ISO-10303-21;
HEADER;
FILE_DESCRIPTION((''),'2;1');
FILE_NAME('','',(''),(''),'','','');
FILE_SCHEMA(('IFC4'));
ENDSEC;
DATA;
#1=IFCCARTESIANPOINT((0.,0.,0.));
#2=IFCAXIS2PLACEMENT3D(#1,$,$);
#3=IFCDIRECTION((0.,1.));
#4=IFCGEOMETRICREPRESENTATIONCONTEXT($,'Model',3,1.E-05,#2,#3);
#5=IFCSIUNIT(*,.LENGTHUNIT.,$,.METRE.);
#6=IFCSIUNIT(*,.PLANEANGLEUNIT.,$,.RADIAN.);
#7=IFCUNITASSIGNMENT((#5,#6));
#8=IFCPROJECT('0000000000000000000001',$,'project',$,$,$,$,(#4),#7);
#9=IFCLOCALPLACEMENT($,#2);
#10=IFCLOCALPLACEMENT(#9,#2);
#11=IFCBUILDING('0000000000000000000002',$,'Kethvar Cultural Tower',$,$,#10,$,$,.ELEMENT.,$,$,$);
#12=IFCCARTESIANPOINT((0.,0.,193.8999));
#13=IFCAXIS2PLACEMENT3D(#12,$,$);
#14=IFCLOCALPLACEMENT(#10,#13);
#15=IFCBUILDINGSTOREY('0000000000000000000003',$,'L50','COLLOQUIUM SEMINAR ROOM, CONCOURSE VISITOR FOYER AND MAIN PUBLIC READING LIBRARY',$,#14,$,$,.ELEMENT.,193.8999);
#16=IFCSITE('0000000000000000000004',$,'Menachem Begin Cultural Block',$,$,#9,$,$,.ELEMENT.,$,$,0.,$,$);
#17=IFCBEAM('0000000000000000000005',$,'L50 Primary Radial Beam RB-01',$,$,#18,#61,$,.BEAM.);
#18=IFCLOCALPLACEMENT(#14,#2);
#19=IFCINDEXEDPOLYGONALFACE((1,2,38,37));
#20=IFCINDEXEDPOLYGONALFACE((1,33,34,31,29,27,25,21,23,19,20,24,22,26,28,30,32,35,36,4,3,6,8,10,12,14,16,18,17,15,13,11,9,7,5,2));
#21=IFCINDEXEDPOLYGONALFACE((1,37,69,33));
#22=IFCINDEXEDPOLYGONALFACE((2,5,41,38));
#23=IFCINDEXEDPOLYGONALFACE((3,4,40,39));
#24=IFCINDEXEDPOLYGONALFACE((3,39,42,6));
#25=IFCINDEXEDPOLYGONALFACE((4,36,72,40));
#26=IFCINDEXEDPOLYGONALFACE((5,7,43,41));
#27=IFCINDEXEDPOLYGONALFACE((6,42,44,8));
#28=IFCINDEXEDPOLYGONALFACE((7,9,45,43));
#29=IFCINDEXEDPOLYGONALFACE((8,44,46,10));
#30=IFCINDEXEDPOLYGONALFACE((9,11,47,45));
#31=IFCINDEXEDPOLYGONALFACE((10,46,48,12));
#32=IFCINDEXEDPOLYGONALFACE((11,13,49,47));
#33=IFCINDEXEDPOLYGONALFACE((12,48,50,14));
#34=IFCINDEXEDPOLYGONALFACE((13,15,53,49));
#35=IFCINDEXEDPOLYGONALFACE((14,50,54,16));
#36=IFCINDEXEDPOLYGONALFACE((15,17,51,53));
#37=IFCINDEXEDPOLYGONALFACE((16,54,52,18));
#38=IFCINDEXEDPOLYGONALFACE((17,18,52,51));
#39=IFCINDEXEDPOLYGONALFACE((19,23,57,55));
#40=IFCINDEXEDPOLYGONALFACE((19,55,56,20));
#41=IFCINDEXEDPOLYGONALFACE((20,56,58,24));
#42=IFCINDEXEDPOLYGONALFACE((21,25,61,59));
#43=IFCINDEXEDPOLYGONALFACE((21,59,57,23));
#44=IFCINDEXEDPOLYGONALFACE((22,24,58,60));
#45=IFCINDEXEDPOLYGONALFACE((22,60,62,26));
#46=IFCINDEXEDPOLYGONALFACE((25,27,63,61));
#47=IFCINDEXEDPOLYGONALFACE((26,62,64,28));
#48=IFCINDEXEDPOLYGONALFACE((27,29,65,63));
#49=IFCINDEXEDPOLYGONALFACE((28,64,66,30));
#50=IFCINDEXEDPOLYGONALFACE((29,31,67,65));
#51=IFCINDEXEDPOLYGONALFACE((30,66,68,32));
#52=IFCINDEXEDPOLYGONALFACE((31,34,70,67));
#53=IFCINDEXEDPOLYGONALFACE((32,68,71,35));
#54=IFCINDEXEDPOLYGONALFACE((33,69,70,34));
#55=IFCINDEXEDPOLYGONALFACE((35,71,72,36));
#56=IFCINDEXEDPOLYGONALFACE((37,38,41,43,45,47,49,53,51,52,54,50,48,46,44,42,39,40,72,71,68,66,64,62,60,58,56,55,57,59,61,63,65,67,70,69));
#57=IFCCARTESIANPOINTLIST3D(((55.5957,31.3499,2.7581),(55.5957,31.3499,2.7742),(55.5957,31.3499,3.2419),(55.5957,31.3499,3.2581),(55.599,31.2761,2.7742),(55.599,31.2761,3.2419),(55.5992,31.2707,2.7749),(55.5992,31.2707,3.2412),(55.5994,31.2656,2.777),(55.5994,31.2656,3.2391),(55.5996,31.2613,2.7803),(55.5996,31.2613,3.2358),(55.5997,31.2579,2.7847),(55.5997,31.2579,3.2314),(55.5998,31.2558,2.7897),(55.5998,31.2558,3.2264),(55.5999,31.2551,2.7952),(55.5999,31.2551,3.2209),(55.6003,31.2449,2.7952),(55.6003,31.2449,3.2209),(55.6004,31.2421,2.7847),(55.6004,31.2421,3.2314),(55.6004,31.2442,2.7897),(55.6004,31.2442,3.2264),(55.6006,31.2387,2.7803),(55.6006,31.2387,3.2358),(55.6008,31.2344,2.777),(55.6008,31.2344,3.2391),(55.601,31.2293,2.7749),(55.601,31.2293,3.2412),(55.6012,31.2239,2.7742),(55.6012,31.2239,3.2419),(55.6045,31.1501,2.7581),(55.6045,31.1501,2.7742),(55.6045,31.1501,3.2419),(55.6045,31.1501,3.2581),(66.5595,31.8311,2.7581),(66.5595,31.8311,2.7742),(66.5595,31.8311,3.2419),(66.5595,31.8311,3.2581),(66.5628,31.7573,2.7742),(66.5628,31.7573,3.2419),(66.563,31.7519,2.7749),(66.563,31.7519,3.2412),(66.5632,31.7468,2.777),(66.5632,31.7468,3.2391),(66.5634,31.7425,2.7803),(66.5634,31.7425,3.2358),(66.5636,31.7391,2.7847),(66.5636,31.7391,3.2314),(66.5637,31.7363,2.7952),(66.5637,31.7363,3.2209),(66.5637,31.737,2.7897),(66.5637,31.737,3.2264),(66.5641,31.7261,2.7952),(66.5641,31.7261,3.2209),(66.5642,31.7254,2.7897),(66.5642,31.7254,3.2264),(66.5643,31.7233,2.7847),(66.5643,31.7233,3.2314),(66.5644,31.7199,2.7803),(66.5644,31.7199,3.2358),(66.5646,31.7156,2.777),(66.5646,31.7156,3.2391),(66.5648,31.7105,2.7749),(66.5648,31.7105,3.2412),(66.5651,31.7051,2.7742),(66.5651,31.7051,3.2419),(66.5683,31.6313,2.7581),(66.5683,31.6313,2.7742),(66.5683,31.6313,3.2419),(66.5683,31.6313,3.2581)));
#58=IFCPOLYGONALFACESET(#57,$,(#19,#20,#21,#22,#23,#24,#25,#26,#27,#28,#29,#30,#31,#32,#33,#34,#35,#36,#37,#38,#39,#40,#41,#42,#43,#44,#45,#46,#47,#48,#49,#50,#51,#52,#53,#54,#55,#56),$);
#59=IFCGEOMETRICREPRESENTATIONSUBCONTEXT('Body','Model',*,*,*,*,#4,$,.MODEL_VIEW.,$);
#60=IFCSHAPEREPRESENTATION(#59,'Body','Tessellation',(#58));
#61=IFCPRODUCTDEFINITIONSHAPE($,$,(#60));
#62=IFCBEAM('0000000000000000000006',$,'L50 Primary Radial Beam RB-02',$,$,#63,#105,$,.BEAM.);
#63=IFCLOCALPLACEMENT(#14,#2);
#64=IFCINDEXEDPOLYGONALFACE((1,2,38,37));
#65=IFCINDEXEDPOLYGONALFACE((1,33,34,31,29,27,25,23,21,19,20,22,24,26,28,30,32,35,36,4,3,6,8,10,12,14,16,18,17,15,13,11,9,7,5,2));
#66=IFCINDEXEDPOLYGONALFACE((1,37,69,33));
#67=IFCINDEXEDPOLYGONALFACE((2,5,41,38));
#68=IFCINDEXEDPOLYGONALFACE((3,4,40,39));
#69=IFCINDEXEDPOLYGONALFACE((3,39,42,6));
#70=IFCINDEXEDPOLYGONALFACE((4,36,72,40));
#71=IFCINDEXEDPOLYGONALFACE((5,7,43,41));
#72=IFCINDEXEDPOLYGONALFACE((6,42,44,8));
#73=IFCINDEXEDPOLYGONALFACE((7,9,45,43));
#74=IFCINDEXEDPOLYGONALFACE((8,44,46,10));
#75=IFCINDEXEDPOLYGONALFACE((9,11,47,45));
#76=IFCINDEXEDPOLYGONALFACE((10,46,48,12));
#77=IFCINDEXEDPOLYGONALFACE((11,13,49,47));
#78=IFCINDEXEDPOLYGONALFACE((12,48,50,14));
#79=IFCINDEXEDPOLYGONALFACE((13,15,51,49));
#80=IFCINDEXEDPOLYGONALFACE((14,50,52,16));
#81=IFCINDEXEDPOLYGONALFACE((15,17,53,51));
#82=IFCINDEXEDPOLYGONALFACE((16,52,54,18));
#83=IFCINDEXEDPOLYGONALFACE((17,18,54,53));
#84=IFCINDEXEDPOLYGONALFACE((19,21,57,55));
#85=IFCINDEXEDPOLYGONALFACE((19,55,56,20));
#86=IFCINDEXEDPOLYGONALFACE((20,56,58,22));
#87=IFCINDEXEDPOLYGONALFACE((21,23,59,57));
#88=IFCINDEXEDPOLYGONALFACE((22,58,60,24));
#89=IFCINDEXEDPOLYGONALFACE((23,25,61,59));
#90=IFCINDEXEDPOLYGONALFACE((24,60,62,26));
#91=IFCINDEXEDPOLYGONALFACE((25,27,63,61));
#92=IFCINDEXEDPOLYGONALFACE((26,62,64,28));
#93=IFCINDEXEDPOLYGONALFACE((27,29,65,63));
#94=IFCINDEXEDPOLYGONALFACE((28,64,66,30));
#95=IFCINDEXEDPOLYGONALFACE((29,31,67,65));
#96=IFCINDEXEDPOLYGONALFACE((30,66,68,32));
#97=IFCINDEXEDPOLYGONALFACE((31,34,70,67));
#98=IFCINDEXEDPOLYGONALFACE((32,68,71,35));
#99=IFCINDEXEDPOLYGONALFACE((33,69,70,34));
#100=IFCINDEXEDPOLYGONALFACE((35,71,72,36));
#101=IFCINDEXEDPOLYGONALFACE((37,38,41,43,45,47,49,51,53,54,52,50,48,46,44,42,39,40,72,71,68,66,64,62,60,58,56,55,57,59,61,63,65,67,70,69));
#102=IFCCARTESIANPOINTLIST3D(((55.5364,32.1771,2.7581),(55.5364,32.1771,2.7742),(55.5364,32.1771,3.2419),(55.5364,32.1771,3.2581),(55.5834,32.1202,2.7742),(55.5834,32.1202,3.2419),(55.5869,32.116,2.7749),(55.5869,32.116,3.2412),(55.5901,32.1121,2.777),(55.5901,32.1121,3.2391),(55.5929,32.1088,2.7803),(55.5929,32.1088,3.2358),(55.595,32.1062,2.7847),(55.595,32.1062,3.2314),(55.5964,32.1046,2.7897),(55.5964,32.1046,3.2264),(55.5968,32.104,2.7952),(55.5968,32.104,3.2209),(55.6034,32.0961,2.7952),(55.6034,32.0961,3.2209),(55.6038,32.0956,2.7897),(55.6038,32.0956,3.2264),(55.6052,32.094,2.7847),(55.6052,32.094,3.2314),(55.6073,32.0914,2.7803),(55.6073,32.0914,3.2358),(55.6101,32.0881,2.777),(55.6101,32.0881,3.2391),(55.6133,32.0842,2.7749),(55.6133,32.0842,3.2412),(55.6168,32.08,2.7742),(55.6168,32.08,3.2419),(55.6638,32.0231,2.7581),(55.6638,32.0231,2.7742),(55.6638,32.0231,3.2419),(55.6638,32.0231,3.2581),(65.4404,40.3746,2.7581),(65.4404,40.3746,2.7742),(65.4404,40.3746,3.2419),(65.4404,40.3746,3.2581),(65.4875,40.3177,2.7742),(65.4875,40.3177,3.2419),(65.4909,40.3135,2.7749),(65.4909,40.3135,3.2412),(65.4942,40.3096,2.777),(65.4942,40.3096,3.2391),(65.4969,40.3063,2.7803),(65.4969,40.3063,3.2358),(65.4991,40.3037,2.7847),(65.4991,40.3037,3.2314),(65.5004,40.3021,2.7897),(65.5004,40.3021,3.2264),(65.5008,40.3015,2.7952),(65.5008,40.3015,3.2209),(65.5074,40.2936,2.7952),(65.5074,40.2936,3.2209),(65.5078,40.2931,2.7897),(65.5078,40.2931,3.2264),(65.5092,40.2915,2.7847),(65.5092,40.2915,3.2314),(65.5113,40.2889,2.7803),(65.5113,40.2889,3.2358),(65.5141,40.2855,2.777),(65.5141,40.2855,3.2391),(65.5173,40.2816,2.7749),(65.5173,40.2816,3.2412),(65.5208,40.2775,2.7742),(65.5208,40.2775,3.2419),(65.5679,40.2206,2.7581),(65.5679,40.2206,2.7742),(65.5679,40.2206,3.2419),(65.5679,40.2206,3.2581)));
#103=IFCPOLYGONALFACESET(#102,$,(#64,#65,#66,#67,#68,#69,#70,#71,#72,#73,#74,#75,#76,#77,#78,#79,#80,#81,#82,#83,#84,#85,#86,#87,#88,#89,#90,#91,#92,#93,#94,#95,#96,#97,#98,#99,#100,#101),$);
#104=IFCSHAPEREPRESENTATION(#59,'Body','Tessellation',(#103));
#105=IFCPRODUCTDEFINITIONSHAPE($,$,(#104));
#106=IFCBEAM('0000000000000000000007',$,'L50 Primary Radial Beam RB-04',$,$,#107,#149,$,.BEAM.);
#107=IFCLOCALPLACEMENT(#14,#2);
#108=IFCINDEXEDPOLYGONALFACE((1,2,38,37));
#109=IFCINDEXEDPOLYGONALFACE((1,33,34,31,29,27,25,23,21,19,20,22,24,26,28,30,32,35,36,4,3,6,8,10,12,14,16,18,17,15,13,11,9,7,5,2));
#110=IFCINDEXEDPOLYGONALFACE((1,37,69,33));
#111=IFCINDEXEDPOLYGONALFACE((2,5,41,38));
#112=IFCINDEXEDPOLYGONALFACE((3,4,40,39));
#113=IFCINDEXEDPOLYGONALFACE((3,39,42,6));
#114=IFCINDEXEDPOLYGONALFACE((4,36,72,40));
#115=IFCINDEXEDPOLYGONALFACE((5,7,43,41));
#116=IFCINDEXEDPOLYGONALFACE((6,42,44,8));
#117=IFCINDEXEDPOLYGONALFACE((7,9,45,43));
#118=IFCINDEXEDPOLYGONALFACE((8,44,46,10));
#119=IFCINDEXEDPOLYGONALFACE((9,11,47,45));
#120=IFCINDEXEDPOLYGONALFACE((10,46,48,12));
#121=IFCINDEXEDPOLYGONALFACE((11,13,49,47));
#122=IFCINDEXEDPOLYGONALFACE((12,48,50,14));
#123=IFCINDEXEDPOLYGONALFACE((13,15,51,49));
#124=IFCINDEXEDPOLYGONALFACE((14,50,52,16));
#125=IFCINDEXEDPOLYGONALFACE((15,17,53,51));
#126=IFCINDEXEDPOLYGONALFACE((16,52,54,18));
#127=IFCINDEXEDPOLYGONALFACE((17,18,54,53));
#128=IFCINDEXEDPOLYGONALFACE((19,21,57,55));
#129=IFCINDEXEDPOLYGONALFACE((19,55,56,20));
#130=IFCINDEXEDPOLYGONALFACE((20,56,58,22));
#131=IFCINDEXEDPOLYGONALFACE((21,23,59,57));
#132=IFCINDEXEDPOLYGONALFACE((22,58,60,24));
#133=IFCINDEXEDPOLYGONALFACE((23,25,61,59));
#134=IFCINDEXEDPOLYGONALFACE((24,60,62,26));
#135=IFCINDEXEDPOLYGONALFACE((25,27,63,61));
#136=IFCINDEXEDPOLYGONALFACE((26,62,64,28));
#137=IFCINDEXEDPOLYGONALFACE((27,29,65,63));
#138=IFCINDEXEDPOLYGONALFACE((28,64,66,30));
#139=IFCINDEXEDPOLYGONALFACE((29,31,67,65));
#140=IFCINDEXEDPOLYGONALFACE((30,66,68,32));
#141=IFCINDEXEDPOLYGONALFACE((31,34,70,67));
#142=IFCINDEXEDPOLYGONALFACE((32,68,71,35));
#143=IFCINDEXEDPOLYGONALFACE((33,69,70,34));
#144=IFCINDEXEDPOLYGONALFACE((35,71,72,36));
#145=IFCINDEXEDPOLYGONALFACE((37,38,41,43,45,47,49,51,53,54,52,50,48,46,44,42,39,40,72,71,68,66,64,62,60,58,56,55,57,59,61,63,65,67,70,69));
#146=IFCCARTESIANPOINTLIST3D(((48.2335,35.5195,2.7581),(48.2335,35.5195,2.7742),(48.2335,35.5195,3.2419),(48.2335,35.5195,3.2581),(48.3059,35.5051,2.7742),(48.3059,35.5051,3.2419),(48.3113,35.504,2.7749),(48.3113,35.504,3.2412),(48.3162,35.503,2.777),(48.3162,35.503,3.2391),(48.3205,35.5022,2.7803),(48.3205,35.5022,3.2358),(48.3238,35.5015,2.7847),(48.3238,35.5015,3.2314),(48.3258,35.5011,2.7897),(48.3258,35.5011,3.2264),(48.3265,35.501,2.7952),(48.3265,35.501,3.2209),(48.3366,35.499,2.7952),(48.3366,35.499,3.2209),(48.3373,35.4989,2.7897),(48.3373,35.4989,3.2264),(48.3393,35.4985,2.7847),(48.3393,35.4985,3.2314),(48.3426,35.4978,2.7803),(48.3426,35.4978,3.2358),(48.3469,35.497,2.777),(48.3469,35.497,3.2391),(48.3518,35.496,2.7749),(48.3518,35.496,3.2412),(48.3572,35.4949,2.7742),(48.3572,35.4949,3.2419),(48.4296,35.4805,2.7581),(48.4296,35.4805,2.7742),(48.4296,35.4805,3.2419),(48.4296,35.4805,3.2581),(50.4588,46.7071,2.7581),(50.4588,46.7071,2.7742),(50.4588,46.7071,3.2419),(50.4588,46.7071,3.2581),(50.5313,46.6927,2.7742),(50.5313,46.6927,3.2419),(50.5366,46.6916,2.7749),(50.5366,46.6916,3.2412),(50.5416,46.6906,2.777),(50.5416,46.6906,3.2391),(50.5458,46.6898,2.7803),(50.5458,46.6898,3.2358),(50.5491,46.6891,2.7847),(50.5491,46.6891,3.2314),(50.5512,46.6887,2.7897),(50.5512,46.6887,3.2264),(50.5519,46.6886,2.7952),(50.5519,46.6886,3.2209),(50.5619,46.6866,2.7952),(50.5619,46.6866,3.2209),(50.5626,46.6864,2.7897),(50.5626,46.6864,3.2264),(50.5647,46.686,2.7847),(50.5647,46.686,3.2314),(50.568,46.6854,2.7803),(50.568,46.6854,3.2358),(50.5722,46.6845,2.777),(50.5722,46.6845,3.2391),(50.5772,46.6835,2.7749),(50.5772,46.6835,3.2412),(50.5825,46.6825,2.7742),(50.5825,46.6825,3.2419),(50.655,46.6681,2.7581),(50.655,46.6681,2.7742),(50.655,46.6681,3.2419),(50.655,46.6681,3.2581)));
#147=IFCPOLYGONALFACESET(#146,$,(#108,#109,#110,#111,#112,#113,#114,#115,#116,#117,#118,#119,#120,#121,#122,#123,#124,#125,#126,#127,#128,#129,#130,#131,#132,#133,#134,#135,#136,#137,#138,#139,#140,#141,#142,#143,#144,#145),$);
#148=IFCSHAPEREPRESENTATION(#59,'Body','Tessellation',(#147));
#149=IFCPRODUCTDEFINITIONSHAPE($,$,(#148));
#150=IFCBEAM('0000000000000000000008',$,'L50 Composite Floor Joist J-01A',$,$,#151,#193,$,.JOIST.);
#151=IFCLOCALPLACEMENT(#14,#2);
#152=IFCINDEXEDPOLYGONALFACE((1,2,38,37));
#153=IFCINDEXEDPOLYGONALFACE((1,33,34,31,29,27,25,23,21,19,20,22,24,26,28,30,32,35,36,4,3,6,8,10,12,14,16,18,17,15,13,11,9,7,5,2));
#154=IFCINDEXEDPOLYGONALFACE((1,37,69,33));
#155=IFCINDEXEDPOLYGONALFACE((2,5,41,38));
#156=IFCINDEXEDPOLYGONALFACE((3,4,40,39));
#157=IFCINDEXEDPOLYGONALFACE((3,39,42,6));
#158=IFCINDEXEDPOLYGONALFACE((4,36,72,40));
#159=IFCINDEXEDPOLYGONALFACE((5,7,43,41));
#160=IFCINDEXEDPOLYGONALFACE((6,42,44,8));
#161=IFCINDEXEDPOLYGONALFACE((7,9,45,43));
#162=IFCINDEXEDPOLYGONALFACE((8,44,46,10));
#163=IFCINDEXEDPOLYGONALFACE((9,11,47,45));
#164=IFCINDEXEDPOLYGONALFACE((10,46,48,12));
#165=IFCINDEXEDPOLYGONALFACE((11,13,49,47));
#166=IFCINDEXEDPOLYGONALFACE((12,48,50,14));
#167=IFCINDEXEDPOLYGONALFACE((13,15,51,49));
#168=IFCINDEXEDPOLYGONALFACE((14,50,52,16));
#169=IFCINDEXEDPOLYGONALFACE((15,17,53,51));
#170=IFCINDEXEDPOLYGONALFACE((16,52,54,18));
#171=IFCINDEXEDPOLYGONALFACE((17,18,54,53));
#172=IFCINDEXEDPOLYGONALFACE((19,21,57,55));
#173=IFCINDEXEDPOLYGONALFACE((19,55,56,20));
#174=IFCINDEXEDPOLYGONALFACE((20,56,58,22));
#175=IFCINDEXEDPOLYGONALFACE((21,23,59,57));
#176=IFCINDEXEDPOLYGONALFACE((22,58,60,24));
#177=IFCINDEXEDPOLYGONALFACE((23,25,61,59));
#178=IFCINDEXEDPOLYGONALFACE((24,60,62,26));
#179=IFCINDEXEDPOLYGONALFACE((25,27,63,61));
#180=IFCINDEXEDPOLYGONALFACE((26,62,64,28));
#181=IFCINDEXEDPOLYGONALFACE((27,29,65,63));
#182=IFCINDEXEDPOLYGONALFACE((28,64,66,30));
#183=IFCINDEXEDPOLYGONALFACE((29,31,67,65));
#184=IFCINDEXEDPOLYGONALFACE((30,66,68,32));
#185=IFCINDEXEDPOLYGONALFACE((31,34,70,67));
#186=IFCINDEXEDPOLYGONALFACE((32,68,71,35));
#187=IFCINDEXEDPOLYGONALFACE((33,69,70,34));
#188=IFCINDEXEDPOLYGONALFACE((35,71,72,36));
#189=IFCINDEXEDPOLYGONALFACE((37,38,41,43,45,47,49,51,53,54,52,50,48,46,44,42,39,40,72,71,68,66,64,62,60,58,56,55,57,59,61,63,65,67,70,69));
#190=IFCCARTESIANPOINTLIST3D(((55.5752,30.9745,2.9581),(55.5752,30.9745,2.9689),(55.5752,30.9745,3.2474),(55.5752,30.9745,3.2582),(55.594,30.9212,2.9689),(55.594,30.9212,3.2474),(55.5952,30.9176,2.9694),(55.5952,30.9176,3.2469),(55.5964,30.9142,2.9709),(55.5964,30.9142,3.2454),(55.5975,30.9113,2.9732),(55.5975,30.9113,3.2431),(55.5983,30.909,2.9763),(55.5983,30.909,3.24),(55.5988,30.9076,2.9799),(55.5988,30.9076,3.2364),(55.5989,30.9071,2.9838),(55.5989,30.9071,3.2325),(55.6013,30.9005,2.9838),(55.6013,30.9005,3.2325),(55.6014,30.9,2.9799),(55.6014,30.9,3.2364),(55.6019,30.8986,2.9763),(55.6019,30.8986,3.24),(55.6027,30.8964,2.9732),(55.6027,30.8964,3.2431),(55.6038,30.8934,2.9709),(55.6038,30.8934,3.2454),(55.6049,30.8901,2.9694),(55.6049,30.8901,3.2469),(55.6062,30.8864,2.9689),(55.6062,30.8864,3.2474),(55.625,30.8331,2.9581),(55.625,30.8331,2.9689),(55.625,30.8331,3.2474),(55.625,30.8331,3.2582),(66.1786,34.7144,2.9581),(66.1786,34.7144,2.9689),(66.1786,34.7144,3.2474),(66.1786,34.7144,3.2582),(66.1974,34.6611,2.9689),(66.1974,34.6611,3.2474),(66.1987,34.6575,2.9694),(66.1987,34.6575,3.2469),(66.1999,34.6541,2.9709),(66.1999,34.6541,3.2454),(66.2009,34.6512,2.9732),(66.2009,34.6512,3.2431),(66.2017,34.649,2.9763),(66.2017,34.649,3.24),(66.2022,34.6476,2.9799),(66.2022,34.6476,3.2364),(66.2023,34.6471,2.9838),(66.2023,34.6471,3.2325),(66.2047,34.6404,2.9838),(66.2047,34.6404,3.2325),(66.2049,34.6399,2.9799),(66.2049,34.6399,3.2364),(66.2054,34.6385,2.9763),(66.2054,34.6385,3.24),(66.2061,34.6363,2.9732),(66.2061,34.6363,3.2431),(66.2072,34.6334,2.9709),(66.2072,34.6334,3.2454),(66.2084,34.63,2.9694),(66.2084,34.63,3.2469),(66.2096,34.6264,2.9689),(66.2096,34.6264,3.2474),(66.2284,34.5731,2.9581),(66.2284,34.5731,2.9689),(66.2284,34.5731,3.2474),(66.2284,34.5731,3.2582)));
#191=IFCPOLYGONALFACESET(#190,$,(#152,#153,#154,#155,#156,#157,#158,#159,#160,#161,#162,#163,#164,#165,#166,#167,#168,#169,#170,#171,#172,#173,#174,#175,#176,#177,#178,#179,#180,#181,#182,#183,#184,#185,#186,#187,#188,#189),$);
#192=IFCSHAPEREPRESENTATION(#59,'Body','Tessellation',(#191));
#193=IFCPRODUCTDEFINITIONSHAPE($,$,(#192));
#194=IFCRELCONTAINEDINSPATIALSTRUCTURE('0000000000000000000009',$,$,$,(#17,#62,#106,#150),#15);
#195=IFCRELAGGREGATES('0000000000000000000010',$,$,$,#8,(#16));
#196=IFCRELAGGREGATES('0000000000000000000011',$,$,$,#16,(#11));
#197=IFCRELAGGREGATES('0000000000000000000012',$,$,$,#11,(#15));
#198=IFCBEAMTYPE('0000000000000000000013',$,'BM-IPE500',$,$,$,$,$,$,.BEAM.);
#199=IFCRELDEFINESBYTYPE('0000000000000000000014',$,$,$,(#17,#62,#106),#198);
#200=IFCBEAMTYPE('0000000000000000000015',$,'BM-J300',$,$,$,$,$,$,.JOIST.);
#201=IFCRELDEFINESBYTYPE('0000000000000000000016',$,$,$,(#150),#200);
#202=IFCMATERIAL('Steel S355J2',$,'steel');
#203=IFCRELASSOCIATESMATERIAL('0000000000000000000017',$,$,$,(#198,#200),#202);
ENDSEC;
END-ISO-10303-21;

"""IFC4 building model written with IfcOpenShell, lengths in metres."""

from ifc_helpers import new_model, si_unit, direction, frame, origin, origin_2d, place, context, subcontext, project, spatial, i_section, extrude, source, transform, mapped, material, material_profile, profile_set, type_object, element, save


model = new_model("IFC4")

# Units and contexts
model_context = context("Model", 3, precision=1e-05, world=origin(), true_north=direction((0.0, 1.0)))
body_context = subcontext(model_context, "Body", "Model", "MODEL_VIEW")
ifc_project = project(units=[si_unit("LENGTHUNIT", "METRE"), si_unit("PLANEANGLEUNIT", "RADIAN")], contexts=[model_context])

# Site, building, storey
site_placement = place(None, origin())
site = spatial("IfcSite", under=ifc_project, at=site_placement, Name="Menachem Begin Cultural Block", CompositionType="ELEMENT", RefElevation=0.0)
building_placement = place(site_placement, origin())
building = spatial("IfcBuilding", under=site, at=building_placement, Name="Kethvar Cultural Tower", CompositionType="ELEMENT")
storey_placement = place(building_placement, frame((0.0, 0.0, 193.8999)))
storey = spatial("IfcBuildingStorey", under=building, at=storey_placement, Name="L50", Description="COLLOQUIUM SEMINAR ROOM, CONCOURSE VISITOR FOYER AND MAIN PUBLIC READING LIBRARY", CompositionType="ELEMENT", Elevation=193.8999)

# Beams
ifc_material_1 = material(Name="Steel S355J2", Category="steel")
ifc_material_profile_1 = material_profile(ifc_material_1, i_section(OverallWidth=0.2, OverallDepth=0.5, WebThickness=0.0103, FlangeThickness=0.0161, FilletRadius=0.021, at=origin_2d()), Name="Steel S355J2 — IPE500")
ifc_profile_set_1 = profile_set([ifc_material_profile_1], Name="Steel S355J2 — IPE500")
beam_type_1 = type_object("IfcBeamType", Name="BM-IPE500", PredefinedType="BEAM", material=ifc_profile_set_1)
shared_shape_1 = source(origin(), body_context, "Body", "SweptSolid", [
    extrude(i_section(OverallWidth=0.2, OverallDepth=0.5, WebThickness=0.0103, FlangeThickness=0.0161, FilletRadius=0.021, at=origin_2d()), origin(), (0.0, 0.0, 1.0), 10.9744),
])
beam_1_placement = place(storey_placement, frame((55.6001, 31.25, 3.0081), z_axis=(0.999038, 0.043848, 0.0), x_axis=(-0.043848, 0.999038, 0.0)))
element("IfcBeam", 1, at=beam_1_placement, inside=storey, type_object=beam_type_1, Name="L50 Primary Radial Beam RB-01", PredefinedType="BEAM", context=body_context, shape_type="MappedRepresentation", body=[
    mapped(shared_shape_1, transform((0.0, 0.0, 0.0), scale=1.0)),
])
shared_shape_2 = source(origin(), body_context, "Body", "SweptSolid", [
    extrude(i_section(OverallWidth=0.2, OverallDepth=0.5, WebThickness=0.0103, FlangeThickness=0.0161, FilletRadius=0.021, at=origin_2d()), origin(), (0.0, 0.0, 1.0), 12.8564),
])
beam_2_placement = place(storey_placement, frame((55.6001, 32.1001, 3.0081), z_axis=(0.770354, 0.637616, 0.0), x_axis=(-0.637616, 0.770354, 0.0)))
element("IfcBeam", 2, at=beam_2_placement, inside=storey, type_object=beam_type_1, Name="L50 Primary Radial Beam RB-02", PredefinedType="BEAM", context=body_context, shape_type="MappedRepresentation", body=[
    mapped(shared_shape_2, transform((0.0, 0.0, 0.0), scale=1.0)),
])
shared_shape_3 = source(origin(), body_context, "Body", "SweptSolid", [
    extrude(i_section(OverallWidth=0.2, OverallDepth=0.5, WebThickness=0.0103, FlangeThickness=0.0161, FilletRadius=0.021, at=origin_2d()), origin(), (0.0, 0.0, 1.0), 11.4067),
])
beam_3_placement = place(storey_placement, frame((48.3315, 35.5, 3.0081), z_axis=(0.195091, 0.980785, 0.0), x_axis=(-0.980785, 0.195091, 0.0)))
element("IfcBeam", 3, at=beam_3_placement, inside=storey, type_object=beam_type_1, Name="L50 Primary Radial Beam RB-04", PredefinedType="BEAM", context=body_context, shape_type="MappedRepresentation", body=[
    mapped(shared_shape_3, transform((0.0, 0.0, 0.0), scale=1.0)),
])
ifc_material_profile_2 = material_profile(ifc_material_1, i_section(OverallWidth=0.1499, OverallDepth=0.3, WebThickness=0.0071, FlangeThickness=0.0107, FilletRadius=0.0149, at=origin_2d()), Name="Steel S355J2 — IPE300")
ifc_profile_set_2 = profile_set([ifc_material_profile_2], Name="Steel S355J2 — IPE300")
beam_type_2 = type_object("IfcBeamType", Name="BM-J300", PredefinedType="JOIST", material=ifc_profile_set_2)
shared_shape_4 = source(origin(), body_context, "Body", "SweptSolid", [
    extrude(i_section(OverallWidth=0.1499, OverallDepth=0.3, WebThickness=0.0071, FlangeThickness=0.0107, FilletRadius=0.0149, at=origin_2d()), origin(), (0.0, 0.0, 1.0), 11.2437),
])
beam_4_placement = place(storey_placement, frame((55.6001, 30.9038, 3.1082), z_axis=(0.943058, 0.332628, 0.0), x_axis=(-0.332628, 0.943058, 0.0)))
element("IfcBeam", 4, at=beam_4_placement, inside=storey, type_object=beam_type_2, Name="L50 Composite Floor Joist J-01A", PredefinedType="JOIST", context=body_context, shape_type="MappedRepresentation", body=[
    mapped(shared_shape_4, transform((0.0, 0.0, 0.0), scale=1.0)),
])

save(model, "model.ifc")
